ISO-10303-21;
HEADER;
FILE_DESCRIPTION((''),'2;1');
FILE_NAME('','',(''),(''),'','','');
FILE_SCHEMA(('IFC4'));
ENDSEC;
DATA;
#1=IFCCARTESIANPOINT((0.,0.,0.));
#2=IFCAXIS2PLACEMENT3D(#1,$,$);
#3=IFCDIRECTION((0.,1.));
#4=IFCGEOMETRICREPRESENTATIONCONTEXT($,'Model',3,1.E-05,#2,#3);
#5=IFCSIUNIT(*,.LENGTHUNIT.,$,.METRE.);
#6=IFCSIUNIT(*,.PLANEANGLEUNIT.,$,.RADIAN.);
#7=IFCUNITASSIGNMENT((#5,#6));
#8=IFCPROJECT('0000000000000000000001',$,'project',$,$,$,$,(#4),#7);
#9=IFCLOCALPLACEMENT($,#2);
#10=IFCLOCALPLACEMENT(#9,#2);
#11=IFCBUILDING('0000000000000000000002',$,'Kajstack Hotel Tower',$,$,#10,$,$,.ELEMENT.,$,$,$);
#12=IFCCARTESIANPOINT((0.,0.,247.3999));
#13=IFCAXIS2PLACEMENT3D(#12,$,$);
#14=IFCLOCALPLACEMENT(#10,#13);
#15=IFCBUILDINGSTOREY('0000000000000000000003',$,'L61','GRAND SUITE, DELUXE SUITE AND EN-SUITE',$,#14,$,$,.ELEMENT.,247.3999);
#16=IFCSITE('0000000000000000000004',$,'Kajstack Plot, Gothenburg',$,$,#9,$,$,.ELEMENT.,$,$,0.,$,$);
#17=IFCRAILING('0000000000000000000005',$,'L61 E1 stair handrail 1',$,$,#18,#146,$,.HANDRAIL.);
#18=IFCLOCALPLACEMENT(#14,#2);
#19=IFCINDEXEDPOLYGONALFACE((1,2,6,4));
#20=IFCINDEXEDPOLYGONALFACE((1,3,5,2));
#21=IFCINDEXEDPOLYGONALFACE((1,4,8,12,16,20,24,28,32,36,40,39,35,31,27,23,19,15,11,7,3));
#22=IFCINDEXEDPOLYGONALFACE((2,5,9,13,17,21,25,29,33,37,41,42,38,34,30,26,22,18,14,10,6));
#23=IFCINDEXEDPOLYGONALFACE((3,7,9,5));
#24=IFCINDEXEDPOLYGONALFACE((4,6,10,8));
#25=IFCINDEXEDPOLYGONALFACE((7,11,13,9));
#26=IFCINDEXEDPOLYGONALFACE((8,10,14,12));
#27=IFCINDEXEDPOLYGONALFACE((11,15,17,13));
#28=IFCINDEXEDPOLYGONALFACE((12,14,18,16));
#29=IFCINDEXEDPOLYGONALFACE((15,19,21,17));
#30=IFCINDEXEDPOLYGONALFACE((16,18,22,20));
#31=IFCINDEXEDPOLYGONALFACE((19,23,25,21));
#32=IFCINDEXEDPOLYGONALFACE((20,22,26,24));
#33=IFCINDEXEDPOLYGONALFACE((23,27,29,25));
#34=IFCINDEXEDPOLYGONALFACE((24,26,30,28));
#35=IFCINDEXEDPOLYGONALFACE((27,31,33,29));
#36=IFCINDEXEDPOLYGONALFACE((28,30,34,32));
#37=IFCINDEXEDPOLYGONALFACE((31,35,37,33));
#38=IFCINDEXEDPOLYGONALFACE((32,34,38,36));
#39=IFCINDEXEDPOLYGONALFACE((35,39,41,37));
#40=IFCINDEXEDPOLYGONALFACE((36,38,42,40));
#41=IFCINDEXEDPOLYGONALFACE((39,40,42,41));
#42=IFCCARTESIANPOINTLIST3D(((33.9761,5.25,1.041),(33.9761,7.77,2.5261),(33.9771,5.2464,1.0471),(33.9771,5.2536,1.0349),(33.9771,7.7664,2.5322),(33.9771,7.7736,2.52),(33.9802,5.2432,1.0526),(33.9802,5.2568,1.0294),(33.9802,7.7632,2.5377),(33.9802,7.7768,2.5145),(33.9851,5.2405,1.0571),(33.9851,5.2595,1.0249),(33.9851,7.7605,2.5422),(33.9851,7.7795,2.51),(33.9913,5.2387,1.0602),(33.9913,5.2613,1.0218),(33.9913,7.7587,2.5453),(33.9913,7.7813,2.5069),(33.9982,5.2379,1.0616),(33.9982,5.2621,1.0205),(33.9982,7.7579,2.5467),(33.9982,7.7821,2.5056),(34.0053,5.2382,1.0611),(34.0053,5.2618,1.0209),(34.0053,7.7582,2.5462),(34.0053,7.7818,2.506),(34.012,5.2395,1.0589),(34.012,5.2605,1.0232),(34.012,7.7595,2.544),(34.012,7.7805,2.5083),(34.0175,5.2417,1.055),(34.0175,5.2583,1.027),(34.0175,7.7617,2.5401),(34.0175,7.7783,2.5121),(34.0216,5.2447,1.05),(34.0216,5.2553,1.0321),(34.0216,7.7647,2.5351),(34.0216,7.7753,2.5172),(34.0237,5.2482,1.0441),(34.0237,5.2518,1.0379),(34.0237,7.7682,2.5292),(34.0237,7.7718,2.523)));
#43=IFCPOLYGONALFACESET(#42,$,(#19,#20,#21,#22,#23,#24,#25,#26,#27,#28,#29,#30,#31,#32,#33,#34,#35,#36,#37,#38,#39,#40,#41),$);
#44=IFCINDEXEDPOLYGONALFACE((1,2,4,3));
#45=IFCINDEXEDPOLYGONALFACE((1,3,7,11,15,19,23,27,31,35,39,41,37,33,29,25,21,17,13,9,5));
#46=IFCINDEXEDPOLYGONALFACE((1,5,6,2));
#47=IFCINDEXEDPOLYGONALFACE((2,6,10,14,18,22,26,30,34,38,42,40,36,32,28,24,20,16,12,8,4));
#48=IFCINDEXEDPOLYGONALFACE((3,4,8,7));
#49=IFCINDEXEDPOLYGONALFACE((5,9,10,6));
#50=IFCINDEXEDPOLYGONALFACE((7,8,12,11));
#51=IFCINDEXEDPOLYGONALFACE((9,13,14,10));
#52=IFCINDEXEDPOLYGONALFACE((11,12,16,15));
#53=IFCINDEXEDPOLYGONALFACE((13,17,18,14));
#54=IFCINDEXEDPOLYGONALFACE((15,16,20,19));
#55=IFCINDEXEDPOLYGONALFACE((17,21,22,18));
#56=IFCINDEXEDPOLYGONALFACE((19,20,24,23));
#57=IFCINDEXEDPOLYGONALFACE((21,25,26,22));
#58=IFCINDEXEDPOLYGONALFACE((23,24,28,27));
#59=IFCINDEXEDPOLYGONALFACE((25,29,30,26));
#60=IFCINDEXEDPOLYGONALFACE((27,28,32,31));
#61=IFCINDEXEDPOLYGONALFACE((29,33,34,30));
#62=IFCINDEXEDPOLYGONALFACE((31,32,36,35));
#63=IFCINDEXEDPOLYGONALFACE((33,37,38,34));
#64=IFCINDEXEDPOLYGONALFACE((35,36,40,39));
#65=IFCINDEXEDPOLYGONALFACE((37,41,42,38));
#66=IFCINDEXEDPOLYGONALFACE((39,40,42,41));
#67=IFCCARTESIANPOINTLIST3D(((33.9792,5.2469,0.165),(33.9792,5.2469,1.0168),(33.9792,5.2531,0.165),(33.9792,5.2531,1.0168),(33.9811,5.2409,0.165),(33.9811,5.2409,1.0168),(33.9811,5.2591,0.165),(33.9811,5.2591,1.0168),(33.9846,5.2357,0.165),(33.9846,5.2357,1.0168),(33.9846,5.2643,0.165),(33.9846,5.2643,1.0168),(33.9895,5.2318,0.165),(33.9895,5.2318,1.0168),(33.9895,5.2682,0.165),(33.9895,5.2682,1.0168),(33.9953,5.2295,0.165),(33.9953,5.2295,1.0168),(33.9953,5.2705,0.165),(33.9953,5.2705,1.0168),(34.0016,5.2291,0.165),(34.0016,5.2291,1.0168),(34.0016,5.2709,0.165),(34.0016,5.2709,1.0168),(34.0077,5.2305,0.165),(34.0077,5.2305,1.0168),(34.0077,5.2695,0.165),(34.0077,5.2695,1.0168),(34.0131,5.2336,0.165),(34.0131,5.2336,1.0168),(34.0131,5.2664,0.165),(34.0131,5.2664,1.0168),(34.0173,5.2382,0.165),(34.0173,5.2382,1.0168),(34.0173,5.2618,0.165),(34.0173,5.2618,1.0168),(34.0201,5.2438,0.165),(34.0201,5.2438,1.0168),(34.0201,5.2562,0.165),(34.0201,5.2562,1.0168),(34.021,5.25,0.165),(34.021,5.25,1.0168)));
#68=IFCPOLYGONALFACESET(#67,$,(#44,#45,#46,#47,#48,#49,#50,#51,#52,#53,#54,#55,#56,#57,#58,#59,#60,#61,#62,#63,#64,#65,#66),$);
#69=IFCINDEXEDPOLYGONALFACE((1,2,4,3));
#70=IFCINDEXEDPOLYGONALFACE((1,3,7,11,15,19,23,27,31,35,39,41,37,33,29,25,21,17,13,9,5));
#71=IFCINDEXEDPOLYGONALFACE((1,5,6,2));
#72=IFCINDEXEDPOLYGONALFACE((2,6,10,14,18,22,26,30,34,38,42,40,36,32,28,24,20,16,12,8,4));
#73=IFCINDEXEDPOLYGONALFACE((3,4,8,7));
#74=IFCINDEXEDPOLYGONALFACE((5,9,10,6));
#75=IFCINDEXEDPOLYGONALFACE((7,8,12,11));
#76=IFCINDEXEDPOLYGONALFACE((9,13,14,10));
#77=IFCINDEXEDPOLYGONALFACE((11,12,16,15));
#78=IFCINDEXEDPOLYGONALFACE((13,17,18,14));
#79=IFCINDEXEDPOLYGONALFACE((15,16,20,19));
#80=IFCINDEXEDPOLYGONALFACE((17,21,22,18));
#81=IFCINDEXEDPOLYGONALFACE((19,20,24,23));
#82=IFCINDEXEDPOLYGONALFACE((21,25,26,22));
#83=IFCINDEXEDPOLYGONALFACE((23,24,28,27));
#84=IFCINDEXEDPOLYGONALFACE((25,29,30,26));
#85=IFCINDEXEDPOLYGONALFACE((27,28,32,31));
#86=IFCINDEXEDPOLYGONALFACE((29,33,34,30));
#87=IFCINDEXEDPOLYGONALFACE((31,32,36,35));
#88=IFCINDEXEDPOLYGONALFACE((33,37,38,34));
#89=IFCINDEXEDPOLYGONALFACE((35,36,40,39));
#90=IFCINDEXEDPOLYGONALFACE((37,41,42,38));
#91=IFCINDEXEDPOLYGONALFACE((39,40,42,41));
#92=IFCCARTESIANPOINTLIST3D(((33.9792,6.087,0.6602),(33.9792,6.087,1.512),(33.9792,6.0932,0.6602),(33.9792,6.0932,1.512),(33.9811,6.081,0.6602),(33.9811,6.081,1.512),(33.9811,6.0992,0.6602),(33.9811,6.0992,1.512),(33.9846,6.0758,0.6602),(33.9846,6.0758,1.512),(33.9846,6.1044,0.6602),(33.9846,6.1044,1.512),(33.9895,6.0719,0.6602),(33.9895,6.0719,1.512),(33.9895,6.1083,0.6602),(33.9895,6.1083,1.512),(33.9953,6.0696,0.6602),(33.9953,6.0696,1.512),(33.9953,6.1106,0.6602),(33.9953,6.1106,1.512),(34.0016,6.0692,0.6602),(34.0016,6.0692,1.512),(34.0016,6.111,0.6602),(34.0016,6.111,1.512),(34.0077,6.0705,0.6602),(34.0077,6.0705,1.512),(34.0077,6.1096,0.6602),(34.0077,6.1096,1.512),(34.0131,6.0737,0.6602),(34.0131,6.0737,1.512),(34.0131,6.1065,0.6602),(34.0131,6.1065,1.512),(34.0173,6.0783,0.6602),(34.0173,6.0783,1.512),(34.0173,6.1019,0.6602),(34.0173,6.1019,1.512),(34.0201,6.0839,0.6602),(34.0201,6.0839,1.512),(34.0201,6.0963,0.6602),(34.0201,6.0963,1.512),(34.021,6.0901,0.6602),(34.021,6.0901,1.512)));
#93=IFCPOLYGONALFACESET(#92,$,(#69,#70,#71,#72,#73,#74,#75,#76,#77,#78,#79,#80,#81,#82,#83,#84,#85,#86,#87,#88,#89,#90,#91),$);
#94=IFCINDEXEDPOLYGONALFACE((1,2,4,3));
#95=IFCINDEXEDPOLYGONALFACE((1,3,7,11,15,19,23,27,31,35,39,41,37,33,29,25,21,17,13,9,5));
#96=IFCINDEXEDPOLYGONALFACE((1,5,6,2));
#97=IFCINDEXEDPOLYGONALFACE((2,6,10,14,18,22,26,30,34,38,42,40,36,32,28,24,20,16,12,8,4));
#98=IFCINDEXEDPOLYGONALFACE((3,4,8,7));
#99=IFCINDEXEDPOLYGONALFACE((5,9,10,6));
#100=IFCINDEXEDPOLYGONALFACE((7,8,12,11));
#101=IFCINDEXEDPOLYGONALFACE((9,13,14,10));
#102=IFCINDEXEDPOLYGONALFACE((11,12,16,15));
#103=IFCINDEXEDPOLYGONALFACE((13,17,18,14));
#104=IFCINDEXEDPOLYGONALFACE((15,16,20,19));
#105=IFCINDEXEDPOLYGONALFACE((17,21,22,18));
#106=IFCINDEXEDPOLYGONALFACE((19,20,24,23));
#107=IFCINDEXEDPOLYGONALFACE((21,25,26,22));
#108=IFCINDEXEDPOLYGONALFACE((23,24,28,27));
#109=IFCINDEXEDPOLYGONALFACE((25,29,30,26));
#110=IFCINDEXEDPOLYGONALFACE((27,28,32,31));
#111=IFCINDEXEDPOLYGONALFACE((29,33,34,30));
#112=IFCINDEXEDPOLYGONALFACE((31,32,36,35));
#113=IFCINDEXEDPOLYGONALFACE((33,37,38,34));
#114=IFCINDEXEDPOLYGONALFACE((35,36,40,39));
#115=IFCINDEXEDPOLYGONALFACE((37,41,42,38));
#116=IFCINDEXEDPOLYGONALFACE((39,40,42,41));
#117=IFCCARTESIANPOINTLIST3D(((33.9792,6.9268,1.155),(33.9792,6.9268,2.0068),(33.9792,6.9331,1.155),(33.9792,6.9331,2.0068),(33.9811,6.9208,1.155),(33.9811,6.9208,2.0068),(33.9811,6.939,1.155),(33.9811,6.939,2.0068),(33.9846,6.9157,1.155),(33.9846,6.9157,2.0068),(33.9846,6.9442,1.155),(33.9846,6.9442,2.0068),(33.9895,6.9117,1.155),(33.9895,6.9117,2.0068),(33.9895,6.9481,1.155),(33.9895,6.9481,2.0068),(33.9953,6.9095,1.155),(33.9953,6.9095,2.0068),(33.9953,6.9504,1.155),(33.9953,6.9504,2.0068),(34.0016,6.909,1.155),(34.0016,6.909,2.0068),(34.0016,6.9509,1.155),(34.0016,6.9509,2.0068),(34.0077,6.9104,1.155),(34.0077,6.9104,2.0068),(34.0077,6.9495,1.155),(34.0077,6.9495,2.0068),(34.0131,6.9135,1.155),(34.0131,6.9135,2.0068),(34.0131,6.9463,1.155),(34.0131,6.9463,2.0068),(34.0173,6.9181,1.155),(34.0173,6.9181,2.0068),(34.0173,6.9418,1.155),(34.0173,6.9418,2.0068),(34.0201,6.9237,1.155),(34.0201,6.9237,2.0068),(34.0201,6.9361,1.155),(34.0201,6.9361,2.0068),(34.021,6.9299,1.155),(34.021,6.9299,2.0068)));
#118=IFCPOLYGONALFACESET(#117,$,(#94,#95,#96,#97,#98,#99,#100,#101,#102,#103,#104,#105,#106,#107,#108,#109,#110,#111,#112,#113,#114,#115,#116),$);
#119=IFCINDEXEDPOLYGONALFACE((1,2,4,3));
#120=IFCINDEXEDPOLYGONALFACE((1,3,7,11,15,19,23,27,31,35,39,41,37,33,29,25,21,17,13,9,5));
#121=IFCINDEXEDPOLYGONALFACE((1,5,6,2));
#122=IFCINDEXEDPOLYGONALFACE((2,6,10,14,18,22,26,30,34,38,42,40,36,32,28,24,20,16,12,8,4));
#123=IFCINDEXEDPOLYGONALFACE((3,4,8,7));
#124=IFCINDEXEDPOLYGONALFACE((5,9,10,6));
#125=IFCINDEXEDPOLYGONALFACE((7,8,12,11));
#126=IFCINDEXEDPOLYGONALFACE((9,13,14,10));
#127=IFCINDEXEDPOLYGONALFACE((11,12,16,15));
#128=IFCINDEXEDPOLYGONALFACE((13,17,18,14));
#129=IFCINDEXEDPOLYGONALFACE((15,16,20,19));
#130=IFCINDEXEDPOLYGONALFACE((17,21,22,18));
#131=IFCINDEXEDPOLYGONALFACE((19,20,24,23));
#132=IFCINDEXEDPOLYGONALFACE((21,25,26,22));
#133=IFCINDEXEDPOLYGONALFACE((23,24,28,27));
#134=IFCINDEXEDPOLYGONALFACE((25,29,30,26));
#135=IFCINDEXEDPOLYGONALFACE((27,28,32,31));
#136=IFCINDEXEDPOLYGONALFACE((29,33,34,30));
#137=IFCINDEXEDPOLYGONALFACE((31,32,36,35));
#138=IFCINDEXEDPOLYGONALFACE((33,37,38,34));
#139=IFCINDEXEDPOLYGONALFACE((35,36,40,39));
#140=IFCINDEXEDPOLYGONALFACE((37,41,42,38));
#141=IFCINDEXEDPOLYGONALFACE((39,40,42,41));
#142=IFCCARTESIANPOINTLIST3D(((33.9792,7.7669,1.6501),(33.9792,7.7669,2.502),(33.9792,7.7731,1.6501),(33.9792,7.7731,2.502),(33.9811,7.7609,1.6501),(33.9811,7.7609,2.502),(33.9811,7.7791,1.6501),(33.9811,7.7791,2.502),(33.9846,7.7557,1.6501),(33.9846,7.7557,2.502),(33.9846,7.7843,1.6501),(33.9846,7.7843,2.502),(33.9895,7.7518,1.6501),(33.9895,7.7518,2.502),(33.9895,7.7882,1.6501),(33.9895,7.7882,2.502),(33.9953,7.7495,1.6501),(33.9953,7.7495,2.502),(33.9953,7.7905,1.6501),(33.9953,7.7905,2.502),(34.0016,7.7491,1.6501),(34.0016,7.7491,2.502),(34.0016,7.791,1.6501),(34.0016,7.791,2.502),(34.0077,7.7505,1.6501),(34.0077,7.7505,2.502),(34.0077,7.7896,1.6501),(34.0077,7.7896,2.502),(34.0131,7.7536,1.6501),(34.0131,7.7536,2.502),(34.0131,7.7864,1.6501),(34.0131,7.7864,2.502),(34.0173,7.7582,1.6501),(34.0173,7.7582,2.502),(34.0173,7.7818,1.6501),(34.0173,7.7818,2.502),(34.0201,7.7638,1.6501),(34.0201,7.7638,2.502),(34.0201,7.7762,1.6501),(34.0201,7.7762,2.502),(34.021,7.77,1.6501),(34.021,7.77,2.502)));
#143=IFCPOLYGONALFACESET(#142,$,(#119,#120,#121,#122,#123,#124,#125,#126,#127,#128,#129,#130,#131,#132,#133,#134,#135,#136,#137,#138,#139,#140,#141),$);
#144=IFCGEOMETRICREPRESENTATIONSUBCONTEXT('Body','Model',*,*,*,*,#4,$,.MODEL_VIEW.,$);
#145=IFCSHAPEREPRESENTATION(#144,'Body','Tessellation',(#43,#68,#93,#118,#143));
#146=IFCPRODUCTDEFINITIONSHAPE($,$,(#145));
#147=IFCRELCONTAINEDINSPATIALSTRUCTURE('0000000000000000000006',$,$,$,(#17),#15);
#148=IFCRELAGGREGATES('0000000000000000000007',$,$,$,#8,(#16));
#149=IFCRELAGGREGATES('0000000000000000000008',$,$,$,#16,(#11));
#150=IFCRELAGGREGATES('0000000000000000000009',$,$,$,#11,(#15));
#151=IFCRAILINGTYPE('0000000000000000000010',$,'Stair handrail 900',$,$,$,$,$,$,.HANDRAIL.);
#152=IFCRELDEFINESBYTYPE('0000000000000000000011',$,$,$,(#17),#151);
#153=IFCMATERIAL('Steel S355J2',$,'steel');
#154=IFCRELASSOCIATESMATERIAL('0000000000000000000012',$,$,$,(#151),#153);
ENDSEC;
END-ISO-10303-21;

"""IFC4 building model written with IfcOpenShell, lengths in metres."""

from ifc_helpers import new_model, si_unit, direction, frame, origin, origin_2d, place, context, subcontext, project, spatial, circle, extrude, material, type_object, element, save


model = new_model("IFC4")

# Units and contexts
model_context = context("Model", 3, precision=1e-05, world=origin(), true_north=direction((0.0, 1.0)))
body_context = subcontext(model_context, "Body", "Model", "MODEL_VIEW")
ifc_project = project(units=[si_unit("LENGTHUNIT", "METRE"), si_unit("PLANEANGLEUNIT", "RADIAN")], contexts=[model_context])

# Site, building, storey
site_placement = place(None, origin())
site = spatial("IfcSite", under=ifc_project, at=site_placement, Name="Kajstack Plot, Gothenburg", CompositionType="ELEMENT", RefElevation=0.0)
building_placement = place(site_placement, origin())
building = spatial("IfcBuilding", under=site, at=building_placement, Name="Kajstack Hotel Tower", CompositionType="ELEMENT")
storey_placement = place(building_placement, frame((0.0, 0.0, 247.3999)))
storey = spatial("IfcBuildingStorey", under=building, at=storey_placement, Name="L61", Description="GRAND SUITE, DELUXE SUITE AND EN-SUITE", CompositionType="ELEMENT", Elevation=247.3999)

# Railing
ifc_material_1 = material(Name="Steel S355J2", Category="steel")
railing_type_1 = type_object("IfcRailingType", Name="Stair handrail 900", PredefinedType="HANDRAIL", material=ifc_material_1)
railing_1_placement = place(storey_placement, frame((34.0, 5.25, 0.165)))
element("IfcRailing", 1, at=railing_1_placement, inside=storey, type_object=railing_type_1, Name="L61 E1 stair handrail 1", PredefinedType="HANDRAIL", context=body_context, shape_type="SweptSolid", body=[
    extrude(circle(Radius=0.0239, at=origin_2d()), frame((0.0, 0.0, 0.876), z_axis=(0.0, 0.861524, 0.507717), x_axis=(-1.0, 0.0, 0.0)), (0.0, 0.0, 1.0), 2.925),
    extrude(circle(Radius=0.021, at=origin_2d()), origin(), (0.0, 0.0, 1.0), 0.8518),
    extrude(circle(Radius=0.021, at=origin_2d()), frame((0.0, 0.8401, 0.4951)), (0.0, 0.0, 1.0), 0.8518),
    extrude(circle(Radius=0.021, at=origin_2d()), frame((0.0, 1.6799, 0.99)), (0.0, 0.0, 1.0), 0.8518),
    extrude(circle(Radius=0.021, at=origin_2d()), frame((0.0, 2.52, 1.4851)), (0.0, 0.0, 1.0), 0.8518),
])

save(model, "model.ifc")
